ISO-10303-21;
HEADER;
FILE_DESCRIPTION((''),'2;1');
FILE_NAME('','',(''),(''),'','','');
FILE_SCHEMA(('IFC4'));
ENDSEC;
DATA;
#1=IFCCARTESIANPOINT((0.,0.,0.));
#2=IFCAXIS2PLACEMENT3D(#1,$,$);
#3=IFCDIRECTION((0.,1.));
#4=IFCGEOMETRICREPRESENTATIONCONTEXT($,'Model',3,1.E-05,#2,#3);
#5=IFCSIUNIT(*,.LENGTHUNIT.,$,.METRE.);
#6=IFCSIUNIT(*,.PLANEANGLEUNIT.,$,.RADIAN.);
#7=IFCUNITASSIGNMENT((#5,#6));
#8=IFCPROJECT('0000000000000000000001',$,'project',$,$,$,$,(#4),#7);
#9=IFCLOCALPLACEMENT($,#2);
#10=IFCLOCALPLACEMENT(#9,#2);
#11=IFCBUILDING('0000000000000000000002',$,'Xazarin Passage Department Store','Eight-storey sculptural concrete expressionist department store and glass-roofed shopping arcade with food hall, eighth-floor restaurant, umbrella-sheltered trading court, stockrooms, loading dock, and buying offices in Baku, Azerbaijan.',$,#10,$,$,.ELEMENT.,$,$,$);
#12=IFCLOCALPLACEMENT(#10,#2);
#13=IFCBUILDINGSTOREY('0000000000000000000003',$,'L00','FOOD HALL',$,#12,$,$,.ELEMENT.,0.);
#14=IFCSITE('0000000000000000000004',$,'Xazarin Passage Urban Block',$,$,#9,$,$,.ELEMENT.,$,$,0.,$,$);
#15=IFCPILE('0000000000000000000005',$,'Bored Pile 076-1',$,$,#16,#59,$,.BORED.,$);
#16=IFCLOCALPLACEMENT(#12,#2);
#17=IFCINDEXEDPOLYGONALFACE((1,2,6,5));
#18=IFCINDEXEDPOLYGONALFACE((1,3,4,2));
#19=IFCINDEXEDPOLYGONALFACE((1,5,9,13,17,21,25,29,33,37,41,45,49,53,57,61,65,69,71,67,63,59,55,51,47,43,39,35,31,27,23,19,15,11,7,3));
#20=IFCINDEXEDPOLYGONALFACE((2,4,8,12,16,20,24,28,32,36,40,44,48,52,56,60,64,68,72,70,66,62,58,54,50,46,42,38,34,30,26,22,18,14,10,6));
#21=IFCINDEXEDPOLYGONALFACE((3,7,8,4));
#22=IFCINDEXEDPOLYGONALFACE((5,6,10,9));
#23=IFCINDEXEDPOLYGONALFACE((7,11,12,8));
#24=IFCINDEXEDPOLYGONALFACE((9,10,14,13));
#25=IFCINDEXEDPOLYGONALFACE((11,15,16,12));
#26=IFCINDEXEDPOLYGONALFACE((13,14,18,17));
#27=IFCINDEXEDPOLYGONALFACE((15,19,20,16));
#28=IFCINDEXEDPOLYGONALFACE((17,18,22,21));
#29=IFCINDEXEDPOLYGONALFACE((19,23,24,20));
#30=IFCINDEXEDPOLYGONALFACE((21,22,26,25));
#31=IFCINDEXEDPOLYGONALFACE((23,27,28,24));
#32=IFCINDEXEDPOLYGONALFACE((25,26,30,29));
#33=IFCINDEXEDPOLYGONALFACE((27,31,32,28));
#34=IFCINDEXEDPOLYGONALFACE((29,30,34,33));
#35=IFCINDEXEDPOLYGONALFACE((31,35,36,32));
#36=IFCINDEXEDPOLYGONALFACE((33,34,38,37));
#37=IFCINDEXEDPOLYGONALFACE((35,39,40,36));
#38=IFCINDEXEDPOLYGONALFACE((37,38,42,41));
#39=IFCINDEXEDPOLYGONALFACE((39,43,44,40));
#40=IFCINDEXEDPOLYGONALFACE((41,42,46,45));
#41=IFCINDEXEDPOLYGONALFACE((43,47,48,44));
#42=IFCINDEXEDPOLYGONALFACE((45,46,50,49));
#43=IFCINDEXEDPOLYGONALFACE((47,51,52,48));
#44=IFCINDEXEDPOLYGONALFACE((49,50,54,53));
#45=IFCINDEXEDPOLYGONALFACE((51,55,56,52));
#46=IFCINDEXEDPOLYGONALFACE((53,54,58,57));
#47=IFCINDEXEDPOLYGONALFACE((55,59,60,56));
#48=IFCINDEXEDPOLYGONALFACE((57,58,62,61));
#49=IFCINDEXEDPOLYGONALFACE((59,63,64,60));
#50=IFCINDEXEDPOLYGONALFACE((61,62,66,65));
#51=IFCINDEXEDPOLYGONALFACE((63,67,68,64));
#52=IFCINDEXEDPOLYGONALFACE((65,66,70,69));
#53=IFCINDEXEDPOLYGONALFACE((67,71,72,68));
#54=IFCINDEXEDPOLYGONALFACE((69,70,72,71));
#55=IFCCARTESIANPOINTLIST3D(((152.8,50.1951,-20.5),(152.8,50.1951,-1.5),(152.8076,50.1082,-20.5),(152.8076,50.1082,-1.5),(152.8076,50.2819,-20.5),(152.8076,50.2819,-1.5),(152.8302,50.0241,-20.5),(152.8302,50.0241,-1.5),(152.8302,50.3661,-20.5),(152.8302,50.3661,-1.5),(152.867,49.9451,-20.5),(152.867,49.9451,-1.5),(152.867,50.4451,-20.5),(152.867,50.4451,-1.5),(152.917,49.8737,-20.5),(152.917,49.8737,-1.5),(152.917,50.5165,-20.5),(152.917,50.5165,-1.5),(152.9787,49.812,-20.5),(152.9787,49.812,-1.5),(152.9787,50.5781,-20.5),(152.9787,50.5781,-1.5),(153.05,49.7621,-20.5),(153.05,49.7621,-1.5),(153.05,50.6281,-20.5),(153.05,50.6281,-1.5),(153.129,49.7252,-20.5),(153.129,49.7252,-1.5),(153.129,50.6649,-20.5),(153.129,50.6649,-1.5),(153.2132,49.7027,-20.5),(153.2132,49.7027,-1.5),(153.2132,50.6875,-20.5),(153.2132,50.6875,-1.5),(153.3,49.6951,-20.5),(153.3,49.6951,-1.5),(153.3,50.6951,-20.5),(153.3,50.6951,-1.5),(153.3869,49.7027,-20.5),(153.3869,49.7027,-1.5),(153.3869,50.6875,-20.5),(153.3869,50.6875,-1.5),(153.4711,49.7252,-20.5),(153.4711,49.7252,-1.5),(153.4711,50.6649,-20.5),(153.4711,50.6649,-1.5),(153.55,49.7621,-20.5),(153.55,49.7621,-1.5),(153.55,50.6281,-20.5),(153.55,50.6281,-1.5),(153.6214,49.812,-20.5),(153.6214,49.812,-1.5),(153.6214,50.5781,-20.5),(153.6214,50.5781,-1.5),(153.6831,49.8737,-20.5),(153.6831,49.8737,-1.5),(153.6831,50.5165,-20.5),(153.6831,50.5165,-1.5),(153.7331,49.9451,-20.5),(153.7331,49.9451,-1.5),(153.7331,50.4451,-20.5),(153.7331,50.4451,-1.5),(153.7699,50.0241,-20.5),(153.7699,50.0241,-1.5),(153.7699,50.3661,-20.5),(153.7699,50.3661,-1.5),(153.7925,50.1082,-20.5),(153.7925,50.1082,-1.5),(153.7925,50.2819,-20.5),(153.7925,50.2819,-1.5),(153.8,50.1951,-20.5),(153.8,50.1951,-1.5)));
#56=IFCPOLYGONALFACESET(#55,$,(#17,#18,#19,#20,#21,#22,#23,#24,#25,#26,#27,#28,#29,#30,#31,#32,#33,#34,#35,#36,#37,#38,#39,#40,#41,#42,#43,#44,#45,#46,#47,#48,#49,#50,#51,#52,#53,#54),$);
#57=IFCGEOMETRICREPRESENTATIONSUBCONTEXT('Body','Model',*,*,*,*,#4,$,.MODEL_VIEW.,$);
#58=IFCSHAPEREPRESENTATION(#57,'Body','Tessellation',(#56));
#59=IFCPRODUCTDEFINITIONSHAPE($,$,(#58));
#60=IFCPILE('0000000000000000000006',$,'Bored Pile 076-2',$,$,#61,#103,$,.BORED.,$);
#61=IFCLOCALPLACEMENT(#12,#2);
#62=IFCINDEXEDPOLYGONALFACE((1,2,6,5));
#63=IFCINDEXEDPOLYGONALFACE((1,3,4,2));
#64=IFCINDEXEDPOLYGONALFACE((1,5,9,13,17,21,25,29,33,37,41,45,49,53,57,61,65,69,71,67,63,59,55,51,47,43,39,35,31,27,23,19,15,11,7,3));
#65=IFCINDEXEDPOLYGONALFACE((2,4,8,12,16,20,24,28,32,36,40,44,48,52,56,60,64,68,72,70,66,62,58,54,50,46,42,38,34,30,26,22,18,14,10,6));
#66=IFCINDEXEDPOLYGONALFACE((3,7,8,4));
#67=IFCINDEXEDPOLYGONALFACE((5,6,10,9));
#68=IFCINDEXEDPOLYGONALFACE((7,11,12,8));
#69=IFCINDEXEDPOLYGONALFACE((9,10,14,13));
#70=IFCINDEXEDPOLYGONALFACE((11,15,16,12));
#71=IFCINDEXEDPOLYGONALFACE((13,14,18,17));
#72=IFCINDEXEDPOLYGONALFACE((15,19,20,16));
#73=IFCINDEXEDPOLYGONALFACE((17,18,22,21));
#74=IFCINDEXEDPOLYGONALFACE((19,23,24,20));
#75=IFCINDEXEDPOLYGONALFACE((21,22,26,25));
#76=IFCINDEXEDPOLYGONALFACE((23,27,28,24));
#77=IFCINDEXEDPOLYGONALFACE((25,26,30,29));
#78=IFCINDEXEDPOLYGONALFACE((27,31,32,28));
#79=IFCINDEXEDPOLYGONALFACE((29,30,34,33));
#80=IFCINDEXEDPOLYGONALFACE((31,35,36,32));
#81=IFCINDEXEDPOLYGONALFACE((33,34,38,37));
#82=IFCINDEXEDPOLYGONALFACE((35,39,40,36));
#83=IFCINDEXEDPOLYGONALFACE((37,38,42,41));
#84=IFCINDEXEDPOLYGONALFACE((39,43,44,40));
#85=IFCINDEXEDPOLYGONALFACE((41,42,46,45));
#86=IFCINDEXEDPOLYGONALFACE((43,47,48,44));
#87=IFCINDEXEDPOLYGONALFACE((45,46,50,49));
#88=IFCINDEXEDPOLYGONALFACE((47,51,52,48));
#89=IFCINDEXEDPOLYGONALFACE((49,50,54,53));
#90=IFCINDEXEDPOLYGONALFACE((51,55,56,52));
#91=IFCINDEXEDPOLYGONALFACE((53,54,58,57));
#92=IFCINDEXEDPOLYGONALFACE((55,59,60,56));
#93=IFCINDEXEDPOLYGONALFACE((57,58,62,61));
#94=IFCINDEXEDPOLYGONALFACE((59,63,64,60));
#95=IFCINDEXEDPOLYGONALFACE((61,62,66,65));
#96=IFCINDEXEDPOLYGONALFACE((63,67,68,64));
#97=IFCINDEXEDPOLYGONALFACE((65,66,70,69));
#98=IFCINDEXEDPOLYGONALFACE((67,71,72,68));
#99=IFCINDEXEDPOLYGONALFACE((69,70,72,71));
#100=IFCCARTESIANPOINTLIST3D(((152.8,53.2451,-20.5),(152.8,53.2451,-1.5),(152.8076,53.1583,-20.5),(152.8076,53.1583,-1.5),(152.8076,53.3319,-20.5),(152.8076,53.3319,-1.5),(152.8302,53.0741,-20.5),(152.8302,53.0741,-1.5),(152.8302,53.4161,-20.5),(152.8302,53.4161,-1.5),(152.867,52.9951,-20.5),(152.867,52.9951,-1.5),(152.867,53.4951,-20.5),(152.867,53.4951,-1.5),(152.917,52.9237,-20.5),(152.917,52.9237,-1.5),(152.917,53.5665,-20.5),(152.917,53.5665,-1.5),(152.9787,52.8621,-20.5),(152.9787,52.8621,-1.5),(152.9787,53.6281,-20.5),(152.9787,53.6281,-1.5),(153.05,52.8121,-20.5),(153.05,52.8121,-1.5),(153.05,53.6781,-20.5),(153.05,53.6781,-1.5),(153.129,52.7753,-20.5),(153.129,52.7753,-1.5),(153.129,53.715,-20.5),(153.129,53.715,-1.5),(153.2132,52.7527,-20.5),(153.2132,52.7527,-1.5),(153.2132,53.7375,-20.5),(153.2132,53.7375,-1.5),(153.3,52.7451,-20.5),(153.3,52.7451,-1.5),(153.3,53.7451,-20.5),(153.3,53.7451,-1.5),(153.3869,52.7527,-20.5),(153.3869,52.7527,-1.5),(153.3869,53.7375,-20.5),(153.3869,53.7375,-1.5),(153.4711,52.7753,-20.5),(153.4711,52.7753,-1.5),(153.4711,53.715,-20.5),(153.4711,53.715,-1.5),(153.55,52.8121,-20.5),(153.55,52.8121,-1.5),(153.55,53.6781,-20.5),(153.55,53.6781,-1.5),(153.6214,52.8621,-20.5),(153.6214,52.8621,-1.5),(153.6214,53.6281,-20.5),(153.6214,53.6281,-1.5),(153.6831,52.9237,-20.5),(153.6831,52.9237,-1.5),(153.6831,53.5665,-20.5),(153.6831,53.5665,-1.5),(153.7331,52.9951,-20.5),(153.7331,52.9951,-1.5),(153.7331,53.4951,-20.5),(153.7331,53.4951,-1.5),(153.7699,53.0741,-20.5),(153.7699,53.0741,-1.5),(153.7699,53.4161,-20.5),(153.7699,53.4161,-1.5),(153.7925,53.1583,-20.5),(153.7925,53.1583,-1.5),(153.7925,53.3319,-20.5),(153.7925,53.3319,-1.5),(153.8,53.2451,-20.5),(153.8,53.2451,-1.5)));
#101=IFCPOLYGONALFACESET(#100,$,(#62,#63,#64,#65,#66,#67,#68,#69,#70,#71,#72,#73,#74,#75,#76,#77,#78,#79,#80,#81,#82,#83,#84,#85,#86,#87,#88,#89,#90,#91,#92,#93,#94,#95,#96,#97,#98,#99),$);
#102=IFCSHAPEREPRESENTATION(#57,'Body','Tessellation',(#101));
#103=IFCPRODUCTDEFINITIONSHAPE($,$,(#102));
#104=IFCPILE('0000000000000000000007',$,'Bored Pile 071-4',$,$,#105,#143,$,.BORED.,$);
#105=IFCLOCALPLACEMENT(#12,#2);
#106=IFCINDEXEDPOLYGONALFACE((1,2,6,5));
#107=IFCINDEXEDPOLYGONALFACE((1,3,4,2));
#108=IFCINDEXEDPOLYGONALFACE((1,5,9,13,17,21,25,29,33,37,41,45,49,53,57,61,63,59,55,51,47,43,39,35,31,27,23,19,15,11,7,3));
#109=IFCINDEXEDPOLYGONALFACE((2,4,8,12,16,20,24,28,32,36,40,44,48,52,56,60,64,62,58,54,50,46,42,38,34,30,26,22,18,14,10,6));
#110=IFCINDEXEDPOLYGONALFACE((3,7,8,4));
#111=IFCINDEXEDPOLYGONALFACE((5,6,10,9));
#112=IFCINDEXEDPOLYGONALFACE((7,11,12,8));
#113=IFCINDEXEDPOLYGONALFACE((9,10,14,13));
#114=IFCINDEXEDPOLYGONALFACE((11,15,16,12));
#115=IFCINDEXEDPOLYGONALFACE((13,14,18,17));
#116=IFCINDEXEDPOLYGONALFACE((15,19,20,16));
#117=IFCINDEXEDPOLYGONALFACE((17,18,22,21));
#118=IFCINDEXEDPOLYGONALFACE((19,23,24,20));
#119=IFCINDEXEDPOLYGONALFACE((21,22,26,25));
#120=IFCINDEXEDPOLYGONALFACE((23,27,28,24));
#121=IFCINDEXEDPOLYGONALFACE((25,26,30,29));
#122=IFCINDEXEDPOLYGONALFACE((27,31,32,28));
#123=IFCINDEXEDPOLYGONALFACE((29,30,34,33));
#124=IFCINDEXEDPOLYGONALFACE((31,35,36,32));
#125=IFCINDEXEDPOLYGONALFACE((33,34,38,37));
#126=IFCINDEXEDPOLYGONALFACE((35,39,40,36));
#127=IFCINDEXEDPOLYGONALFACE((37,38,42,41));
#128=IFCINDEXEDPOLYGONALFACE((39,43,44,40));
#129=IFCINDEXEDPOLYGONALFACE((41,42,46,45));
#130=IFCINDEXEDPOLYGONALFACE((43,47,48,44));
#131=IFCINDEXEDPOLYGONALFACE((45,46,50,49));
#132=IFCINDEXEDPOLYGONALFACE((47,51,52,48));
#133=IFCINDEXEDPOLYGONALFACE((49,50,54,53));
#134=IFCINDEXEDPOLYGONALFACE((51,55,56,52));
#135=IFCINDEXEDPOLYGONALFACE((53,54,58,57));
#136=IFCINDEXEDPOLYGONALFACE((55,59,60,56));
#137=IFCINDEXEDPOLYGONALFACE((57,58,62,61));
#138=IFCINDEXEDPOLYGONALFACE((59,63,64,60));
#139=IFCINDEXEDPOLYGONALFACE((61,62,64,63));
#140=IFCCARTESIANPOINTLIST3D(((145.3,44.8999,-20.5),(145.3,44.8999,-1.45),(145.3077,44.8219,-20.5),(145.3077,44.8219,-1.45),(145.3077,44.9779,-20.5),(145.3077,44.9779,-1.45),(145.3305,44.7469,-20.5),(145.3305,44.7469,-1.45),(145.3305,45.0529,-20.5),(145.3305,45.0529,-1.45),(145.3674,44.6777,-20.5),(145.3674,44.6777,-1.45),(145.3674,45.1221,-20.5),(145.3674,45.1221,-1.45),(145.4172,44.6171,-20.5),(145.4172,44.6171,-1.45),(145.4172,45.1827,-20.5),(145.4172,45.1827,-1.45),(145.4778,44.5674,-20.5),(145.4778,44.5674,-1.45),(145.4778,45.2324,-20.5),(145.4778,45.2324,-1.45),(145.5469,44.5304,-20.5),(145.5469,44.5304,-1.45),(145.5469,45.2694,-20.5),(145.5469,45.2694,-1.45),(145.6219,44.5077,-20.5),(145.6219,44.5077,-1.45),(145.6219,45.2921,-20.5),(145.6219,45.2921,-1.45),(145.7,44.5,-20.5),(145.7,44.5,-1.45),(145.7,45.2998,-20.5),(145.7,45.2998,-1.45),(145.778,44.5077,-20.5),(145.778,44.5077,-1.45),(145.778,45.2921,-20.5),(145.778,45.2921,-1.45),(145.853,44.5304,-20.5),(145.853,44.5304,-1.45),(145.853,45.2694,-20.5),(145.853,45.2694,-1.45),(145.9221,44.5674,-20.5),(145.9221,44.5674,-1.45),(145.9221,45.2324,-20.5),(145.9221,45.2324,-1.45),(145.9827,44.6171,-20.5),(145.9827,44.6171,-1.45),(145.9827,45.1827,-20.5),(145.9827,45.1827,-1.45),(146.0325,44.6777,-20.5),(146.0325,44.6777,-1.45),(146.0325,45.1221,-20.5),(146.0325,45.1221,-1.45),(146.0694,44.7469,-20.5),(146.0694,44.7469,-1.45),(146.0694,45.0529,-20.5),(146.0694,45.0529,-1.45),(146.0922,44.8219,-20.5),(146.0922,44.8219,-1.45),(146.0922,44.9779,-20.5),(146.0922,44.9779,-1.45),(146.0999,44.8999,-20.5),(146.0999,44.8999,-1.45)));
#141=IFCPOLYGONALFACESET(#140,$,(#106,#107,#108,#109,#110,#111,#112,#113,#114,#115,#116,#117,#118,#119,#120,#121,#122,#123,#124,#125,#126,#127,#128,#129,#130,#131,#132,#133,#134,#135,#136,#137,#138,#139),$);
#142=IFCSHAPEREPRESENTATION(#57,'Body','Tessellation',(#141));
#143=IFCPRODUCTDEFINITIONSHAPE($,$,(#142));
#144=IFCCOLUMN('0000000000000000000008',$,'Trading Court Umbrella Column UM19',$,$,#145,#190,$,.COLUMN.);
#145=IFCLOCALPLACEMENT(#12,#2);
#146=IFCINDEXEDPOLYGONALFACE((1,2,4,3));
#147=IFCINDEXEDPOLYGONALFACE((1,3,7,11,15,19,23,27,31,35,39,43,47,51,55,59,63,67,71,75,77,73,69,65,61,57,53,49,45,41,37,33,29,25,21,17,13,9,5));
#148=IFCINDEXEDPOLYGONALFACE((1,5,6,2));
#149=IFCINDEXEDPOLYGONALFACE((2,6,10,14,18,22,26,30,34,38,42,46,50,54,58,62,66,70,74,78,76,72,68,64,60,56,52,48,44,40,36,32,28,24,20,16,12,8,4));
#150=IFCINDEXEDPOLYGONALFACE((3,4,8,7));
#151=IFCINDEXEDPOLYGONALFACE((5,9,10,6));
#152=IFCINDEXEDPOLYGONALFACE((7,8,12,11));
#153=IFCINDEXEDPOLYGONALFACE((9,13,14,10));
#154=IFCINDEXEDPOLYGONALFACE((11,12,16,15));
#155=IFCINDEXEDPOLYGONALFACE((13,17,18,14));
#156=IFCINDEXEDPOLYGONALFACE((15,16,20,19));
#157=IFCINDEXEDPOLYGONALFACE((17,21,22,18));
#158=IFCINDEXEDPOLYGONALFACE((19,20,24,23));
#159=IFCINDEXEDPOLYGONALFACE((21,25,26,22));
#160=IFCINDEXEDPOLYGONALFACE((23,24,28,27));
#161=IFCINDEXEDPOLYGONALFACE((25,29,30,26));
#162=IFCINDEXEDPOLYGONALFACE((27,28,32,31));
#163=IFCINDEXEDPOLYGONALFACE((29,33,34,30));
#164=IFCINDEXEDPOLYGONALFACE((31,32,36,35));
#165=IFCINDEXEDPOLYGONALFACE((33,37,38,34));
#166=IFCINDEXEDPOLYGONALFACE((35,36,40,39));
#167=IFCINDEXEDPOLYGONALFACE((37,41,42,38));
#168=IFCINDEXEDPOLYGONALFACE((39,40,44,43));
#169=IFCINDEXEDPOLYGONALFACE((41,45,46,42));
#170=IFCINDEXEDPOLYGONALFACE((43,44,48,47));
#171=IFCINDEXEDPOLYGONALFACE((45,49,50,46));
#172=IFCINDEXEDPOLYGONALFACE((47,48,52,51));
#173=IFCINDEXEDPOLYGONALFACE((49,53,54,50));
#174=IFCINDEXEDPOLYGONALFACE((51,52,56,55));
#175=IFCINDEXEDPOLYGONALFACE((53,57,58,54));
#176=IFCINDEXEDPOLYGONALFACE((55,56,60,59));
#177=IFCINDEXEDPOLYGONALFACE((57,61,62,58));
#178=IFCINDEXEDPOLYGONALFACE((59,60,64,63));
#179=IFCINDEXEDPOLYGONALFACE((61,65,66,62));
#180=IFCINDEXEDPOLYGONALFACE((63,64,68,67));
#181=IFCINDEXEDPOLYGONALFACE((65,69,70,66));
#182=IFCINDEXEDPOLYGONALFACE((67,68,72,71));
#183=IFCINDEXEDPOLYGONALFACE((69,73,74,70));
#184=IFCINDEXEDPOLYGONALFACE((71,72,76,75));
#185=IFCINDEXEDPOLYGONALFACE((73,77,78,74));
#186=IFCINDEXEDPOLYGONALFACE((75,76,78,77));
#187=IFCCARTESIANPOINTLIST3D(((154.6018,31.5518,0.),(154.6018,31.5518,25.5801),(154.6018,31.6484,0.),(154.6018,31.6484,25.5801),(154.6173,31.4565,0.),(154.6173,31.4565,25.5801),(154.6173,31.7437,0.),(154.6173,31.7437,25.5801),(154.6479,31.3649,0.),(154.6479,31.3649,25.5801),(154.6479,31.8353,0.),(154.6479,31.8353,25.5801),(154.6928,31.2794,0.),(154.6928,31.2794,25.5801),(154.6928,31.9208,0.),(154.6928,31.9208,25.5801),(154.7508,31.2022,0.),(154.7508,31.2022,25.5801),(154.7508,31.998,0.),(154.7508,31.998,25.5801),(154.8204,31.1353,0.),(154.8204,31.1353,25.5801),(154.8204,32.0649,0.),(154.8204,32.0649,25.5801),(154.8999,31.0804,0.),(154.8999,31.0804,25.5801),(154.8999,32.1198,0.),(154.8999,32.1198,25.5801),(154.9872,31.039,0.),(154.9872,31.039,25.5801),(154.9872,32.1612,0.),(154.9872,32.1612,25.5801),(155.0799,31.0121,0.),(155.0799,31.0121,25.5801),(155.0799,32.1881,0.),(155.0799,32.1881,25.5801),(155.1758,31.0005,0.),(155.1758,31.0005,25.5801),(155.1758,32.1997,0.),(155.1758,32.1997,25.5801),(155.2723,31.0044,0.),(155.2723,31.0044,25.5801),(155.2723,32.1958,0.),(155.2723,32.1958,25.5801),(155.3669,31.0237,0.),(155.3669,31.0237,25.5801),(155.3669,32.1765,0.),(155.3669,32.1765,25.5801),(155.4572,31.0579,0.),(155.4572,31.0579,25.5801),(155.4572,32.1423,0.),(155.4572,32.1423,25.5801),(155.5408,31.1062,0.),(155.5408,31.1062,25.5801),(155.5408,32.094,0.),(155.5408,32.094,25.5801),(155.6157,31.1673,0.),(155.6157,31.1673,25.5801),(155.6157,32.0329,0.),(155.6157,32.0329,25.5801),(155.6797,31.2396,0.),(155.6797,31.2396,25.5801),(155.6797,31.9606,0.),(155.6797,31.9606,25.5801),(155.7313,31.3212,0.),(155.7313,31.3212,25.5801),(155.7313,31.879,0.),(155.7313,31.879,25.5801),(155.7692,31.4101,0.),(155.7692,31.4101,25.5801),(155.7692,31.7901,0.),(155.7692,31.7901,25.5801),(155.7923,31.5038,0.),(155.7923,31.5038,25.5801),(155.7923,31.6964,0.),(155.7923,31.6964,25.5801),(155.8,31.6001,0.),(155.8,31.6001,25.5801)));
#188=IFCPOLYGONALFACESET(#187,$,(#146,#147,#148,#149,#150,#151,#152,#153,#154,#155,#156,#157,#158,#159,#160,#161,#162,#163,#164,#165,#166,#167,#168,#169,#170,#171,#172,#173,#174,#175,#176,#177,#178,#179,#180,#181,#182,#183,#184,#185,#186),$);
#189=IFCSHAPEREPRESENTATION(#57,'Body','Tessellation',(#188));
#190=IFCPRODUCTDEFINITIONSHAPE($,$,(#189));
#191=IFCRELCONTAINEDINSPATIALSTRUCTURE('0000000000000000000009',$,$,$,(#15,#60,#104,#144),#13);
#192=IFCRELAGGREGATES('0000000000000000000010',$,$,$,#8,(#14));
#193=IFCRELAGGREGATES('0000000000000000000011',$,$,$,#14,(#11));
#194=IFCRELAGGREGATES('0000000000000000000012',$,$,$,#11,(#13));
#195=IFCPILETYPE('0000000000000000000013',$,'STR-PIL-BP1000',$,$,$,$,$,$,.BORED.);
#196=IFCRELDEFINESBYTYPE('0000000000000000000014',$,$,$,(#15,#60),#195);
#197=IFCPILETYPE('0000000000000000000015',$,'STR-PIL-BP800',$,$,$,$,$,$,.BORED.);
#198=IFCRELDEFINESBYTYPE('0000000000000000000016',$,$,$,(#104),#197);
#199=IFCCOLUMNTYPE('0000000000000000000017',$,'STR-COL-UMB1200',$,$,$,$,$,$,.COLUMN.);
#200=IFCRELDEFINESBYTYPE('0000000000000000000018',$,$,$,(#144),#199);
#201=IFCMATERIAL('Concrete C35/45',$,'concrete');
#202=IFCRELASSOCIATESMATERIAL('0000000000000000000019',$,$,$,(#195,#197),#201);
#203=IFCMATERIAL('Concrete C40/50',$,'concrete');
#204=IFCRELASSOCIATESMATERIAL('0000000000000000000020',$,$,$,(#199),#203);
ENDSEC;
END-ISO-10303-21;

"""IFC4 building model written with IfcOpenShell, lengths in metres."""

from ifc_helpers import new_model, si_unit, direction, frame, origin, origin_2d, place, context, subcontext, project, spatial, circle, extrude, material, material_profile, profile_set, type_object, element, save


model = new_model("IFC4")

# Units and contexts
model_context = context("Model", 3, precision=1e-05, world=origin(), true_north=direction((0.0, 1.0)))
body_context = subcontext(model_context, "Body", "Model", "MODEL_VIEW")
ifc_project = project(units=[si_unit("LENGTHUNIT", "METRE"), si_unit("PLANEANGLEUNIT", "RADIAN")], contexts=[model_context])

# Site, building, storey
site_placement = place(None, origin())
site = spatial("IfcSite", under=ifc_project, at=site_placement, Name="Xazarin Passage Urban Block", CompositionType="ELEMENT", RefElevation=0.0)
building_placement = place(site_placement, origin())
building = spatial("IfcBuilding", under=site, at=building_placement, Name="Xazarin Passage Department Store", Description="Eight-storey sculptural concrete expressionist department store and glass-roofed shopping arcade with food hall, eighth-floor restaurant, umbrella-sheltered trading court, stockrooms, loading dock, and buying offices in Baku, Azerbaijan.", CompositionType="ELEMENT")
storey_placement = place(building_placement, origin())
storey = spatial("IfcBuildingStorey", under=building, at=storey_placement, Name="L00", Description="FOOD HALL", CompositionType="ELEMENT", Elevation=0.0)

# Shared definitions
ifc_material_1 = material(Name="Concrete C35/45", Category="concrete")

# Piles
ifc_material_profile_1 = material_profile(ifc_material_1, circle(Radius=0.5, at=origin_2d()), Name="BP 1000")
ifc_profile_set_1 = profile_set([ifc_material_profile_1], Name="Concrete C35/45")
pile_type_1 = type_object("IfcPileType", Name="STR-PIL-BP1000", PredefinedType="BORED", material=ifc_profile_set_1)
for number, where, z_axis, x_axis, name in (
    (1, (153.3, 50.1951, -1.5), (0.0, 0.0, -1.0), (1.0, 0.0, 0.0), "Bored Pile 076-1"),
    (2, (153.3, 53.2451, -1.5), (0.0, 0.0, -1.0), (1.0, 0.0, 0.0), "Bored Pile 076-2"),
):
    element("IfcPile", number, at=place(storey_placement, frame(where, z_axis=z_axis, x_axis=x_axis)), inside=storey, type_object=pile_type_1, Name=name, PredefinedType="BORED", context=body_context, shape_type="SweptSolid", body=[
        extrude(circle(Radius=0.5, at=origin_2d()), origin(), (0.0, 0.0, 1.0), 19.0),
    ])
ifc_material_profile_2 = material_profile(ifc_material_1, circle(Radius=0.3999, at=origin_2d()), Name="BP 800")
ifc_profile_set_2 = profile_set([ifc_material_profile_2], Name="Concrete C35/45")
pile_type_2 = type_object("IfcPileType", Name="STR-PIL-BP800", PredefinedType="BORED", material=ifc_profile_set_2)
pile_placement = place(storey_placement, frame((145.7, 44.8999, -1.45), z_axis=(0.0, 0.0, -1.0), x_axis=(1.0, 0.0, 0.0)))
element("IfcPile", 3, at=pile_placement, inside=storey, type_object=pile_type_2, Name="Bored Pile 071-4", PredefinedType="BORED", context=body_context, shape_type="SweptSolid", body=[
    extrude(circle(Radius=0.3999, at=origin_2d()), origin(), (0.0, 0.0, 1.0), 19.05),
])

# Column
ifc_material_2 = material(Name="Concrete C40/50", Category="concrete")
ifc_material_profile_3 = material_profile(ifc_material_2, circle(Radius=0.6001, at=origin_2d()), Name="RCD 1200")
ifc_profile_set_3 = profile_set([ifc_material_profile_3], Name="Concrete C40/50")
column_type = type_object("IfcColumnType", Name="STR-COL-UMB1200", PredefinedType="COLUMN", material=ifc_profile_set_3)
column_placement = place(storey_placement, frame((155.2, 31.6001, 0.0), z_axis=(0.0, 0.0, 1.0), x_axis=(1.0, 0.0, 0.0)))
element("IfcColumn", 4, at=column_placement, inside=storey, type_object=column_type, Name="Trading Court Umbrella Column UM19", PredefinedType="COLUMN", context=body_context, shape_type="SweptSolid", body=[
    extrude(circle(Radius=0.6001, at=origin_2d()), origin(), (0.0, 0.0, 1.0), 25.5801),
])

save(model, "model.ifc")
